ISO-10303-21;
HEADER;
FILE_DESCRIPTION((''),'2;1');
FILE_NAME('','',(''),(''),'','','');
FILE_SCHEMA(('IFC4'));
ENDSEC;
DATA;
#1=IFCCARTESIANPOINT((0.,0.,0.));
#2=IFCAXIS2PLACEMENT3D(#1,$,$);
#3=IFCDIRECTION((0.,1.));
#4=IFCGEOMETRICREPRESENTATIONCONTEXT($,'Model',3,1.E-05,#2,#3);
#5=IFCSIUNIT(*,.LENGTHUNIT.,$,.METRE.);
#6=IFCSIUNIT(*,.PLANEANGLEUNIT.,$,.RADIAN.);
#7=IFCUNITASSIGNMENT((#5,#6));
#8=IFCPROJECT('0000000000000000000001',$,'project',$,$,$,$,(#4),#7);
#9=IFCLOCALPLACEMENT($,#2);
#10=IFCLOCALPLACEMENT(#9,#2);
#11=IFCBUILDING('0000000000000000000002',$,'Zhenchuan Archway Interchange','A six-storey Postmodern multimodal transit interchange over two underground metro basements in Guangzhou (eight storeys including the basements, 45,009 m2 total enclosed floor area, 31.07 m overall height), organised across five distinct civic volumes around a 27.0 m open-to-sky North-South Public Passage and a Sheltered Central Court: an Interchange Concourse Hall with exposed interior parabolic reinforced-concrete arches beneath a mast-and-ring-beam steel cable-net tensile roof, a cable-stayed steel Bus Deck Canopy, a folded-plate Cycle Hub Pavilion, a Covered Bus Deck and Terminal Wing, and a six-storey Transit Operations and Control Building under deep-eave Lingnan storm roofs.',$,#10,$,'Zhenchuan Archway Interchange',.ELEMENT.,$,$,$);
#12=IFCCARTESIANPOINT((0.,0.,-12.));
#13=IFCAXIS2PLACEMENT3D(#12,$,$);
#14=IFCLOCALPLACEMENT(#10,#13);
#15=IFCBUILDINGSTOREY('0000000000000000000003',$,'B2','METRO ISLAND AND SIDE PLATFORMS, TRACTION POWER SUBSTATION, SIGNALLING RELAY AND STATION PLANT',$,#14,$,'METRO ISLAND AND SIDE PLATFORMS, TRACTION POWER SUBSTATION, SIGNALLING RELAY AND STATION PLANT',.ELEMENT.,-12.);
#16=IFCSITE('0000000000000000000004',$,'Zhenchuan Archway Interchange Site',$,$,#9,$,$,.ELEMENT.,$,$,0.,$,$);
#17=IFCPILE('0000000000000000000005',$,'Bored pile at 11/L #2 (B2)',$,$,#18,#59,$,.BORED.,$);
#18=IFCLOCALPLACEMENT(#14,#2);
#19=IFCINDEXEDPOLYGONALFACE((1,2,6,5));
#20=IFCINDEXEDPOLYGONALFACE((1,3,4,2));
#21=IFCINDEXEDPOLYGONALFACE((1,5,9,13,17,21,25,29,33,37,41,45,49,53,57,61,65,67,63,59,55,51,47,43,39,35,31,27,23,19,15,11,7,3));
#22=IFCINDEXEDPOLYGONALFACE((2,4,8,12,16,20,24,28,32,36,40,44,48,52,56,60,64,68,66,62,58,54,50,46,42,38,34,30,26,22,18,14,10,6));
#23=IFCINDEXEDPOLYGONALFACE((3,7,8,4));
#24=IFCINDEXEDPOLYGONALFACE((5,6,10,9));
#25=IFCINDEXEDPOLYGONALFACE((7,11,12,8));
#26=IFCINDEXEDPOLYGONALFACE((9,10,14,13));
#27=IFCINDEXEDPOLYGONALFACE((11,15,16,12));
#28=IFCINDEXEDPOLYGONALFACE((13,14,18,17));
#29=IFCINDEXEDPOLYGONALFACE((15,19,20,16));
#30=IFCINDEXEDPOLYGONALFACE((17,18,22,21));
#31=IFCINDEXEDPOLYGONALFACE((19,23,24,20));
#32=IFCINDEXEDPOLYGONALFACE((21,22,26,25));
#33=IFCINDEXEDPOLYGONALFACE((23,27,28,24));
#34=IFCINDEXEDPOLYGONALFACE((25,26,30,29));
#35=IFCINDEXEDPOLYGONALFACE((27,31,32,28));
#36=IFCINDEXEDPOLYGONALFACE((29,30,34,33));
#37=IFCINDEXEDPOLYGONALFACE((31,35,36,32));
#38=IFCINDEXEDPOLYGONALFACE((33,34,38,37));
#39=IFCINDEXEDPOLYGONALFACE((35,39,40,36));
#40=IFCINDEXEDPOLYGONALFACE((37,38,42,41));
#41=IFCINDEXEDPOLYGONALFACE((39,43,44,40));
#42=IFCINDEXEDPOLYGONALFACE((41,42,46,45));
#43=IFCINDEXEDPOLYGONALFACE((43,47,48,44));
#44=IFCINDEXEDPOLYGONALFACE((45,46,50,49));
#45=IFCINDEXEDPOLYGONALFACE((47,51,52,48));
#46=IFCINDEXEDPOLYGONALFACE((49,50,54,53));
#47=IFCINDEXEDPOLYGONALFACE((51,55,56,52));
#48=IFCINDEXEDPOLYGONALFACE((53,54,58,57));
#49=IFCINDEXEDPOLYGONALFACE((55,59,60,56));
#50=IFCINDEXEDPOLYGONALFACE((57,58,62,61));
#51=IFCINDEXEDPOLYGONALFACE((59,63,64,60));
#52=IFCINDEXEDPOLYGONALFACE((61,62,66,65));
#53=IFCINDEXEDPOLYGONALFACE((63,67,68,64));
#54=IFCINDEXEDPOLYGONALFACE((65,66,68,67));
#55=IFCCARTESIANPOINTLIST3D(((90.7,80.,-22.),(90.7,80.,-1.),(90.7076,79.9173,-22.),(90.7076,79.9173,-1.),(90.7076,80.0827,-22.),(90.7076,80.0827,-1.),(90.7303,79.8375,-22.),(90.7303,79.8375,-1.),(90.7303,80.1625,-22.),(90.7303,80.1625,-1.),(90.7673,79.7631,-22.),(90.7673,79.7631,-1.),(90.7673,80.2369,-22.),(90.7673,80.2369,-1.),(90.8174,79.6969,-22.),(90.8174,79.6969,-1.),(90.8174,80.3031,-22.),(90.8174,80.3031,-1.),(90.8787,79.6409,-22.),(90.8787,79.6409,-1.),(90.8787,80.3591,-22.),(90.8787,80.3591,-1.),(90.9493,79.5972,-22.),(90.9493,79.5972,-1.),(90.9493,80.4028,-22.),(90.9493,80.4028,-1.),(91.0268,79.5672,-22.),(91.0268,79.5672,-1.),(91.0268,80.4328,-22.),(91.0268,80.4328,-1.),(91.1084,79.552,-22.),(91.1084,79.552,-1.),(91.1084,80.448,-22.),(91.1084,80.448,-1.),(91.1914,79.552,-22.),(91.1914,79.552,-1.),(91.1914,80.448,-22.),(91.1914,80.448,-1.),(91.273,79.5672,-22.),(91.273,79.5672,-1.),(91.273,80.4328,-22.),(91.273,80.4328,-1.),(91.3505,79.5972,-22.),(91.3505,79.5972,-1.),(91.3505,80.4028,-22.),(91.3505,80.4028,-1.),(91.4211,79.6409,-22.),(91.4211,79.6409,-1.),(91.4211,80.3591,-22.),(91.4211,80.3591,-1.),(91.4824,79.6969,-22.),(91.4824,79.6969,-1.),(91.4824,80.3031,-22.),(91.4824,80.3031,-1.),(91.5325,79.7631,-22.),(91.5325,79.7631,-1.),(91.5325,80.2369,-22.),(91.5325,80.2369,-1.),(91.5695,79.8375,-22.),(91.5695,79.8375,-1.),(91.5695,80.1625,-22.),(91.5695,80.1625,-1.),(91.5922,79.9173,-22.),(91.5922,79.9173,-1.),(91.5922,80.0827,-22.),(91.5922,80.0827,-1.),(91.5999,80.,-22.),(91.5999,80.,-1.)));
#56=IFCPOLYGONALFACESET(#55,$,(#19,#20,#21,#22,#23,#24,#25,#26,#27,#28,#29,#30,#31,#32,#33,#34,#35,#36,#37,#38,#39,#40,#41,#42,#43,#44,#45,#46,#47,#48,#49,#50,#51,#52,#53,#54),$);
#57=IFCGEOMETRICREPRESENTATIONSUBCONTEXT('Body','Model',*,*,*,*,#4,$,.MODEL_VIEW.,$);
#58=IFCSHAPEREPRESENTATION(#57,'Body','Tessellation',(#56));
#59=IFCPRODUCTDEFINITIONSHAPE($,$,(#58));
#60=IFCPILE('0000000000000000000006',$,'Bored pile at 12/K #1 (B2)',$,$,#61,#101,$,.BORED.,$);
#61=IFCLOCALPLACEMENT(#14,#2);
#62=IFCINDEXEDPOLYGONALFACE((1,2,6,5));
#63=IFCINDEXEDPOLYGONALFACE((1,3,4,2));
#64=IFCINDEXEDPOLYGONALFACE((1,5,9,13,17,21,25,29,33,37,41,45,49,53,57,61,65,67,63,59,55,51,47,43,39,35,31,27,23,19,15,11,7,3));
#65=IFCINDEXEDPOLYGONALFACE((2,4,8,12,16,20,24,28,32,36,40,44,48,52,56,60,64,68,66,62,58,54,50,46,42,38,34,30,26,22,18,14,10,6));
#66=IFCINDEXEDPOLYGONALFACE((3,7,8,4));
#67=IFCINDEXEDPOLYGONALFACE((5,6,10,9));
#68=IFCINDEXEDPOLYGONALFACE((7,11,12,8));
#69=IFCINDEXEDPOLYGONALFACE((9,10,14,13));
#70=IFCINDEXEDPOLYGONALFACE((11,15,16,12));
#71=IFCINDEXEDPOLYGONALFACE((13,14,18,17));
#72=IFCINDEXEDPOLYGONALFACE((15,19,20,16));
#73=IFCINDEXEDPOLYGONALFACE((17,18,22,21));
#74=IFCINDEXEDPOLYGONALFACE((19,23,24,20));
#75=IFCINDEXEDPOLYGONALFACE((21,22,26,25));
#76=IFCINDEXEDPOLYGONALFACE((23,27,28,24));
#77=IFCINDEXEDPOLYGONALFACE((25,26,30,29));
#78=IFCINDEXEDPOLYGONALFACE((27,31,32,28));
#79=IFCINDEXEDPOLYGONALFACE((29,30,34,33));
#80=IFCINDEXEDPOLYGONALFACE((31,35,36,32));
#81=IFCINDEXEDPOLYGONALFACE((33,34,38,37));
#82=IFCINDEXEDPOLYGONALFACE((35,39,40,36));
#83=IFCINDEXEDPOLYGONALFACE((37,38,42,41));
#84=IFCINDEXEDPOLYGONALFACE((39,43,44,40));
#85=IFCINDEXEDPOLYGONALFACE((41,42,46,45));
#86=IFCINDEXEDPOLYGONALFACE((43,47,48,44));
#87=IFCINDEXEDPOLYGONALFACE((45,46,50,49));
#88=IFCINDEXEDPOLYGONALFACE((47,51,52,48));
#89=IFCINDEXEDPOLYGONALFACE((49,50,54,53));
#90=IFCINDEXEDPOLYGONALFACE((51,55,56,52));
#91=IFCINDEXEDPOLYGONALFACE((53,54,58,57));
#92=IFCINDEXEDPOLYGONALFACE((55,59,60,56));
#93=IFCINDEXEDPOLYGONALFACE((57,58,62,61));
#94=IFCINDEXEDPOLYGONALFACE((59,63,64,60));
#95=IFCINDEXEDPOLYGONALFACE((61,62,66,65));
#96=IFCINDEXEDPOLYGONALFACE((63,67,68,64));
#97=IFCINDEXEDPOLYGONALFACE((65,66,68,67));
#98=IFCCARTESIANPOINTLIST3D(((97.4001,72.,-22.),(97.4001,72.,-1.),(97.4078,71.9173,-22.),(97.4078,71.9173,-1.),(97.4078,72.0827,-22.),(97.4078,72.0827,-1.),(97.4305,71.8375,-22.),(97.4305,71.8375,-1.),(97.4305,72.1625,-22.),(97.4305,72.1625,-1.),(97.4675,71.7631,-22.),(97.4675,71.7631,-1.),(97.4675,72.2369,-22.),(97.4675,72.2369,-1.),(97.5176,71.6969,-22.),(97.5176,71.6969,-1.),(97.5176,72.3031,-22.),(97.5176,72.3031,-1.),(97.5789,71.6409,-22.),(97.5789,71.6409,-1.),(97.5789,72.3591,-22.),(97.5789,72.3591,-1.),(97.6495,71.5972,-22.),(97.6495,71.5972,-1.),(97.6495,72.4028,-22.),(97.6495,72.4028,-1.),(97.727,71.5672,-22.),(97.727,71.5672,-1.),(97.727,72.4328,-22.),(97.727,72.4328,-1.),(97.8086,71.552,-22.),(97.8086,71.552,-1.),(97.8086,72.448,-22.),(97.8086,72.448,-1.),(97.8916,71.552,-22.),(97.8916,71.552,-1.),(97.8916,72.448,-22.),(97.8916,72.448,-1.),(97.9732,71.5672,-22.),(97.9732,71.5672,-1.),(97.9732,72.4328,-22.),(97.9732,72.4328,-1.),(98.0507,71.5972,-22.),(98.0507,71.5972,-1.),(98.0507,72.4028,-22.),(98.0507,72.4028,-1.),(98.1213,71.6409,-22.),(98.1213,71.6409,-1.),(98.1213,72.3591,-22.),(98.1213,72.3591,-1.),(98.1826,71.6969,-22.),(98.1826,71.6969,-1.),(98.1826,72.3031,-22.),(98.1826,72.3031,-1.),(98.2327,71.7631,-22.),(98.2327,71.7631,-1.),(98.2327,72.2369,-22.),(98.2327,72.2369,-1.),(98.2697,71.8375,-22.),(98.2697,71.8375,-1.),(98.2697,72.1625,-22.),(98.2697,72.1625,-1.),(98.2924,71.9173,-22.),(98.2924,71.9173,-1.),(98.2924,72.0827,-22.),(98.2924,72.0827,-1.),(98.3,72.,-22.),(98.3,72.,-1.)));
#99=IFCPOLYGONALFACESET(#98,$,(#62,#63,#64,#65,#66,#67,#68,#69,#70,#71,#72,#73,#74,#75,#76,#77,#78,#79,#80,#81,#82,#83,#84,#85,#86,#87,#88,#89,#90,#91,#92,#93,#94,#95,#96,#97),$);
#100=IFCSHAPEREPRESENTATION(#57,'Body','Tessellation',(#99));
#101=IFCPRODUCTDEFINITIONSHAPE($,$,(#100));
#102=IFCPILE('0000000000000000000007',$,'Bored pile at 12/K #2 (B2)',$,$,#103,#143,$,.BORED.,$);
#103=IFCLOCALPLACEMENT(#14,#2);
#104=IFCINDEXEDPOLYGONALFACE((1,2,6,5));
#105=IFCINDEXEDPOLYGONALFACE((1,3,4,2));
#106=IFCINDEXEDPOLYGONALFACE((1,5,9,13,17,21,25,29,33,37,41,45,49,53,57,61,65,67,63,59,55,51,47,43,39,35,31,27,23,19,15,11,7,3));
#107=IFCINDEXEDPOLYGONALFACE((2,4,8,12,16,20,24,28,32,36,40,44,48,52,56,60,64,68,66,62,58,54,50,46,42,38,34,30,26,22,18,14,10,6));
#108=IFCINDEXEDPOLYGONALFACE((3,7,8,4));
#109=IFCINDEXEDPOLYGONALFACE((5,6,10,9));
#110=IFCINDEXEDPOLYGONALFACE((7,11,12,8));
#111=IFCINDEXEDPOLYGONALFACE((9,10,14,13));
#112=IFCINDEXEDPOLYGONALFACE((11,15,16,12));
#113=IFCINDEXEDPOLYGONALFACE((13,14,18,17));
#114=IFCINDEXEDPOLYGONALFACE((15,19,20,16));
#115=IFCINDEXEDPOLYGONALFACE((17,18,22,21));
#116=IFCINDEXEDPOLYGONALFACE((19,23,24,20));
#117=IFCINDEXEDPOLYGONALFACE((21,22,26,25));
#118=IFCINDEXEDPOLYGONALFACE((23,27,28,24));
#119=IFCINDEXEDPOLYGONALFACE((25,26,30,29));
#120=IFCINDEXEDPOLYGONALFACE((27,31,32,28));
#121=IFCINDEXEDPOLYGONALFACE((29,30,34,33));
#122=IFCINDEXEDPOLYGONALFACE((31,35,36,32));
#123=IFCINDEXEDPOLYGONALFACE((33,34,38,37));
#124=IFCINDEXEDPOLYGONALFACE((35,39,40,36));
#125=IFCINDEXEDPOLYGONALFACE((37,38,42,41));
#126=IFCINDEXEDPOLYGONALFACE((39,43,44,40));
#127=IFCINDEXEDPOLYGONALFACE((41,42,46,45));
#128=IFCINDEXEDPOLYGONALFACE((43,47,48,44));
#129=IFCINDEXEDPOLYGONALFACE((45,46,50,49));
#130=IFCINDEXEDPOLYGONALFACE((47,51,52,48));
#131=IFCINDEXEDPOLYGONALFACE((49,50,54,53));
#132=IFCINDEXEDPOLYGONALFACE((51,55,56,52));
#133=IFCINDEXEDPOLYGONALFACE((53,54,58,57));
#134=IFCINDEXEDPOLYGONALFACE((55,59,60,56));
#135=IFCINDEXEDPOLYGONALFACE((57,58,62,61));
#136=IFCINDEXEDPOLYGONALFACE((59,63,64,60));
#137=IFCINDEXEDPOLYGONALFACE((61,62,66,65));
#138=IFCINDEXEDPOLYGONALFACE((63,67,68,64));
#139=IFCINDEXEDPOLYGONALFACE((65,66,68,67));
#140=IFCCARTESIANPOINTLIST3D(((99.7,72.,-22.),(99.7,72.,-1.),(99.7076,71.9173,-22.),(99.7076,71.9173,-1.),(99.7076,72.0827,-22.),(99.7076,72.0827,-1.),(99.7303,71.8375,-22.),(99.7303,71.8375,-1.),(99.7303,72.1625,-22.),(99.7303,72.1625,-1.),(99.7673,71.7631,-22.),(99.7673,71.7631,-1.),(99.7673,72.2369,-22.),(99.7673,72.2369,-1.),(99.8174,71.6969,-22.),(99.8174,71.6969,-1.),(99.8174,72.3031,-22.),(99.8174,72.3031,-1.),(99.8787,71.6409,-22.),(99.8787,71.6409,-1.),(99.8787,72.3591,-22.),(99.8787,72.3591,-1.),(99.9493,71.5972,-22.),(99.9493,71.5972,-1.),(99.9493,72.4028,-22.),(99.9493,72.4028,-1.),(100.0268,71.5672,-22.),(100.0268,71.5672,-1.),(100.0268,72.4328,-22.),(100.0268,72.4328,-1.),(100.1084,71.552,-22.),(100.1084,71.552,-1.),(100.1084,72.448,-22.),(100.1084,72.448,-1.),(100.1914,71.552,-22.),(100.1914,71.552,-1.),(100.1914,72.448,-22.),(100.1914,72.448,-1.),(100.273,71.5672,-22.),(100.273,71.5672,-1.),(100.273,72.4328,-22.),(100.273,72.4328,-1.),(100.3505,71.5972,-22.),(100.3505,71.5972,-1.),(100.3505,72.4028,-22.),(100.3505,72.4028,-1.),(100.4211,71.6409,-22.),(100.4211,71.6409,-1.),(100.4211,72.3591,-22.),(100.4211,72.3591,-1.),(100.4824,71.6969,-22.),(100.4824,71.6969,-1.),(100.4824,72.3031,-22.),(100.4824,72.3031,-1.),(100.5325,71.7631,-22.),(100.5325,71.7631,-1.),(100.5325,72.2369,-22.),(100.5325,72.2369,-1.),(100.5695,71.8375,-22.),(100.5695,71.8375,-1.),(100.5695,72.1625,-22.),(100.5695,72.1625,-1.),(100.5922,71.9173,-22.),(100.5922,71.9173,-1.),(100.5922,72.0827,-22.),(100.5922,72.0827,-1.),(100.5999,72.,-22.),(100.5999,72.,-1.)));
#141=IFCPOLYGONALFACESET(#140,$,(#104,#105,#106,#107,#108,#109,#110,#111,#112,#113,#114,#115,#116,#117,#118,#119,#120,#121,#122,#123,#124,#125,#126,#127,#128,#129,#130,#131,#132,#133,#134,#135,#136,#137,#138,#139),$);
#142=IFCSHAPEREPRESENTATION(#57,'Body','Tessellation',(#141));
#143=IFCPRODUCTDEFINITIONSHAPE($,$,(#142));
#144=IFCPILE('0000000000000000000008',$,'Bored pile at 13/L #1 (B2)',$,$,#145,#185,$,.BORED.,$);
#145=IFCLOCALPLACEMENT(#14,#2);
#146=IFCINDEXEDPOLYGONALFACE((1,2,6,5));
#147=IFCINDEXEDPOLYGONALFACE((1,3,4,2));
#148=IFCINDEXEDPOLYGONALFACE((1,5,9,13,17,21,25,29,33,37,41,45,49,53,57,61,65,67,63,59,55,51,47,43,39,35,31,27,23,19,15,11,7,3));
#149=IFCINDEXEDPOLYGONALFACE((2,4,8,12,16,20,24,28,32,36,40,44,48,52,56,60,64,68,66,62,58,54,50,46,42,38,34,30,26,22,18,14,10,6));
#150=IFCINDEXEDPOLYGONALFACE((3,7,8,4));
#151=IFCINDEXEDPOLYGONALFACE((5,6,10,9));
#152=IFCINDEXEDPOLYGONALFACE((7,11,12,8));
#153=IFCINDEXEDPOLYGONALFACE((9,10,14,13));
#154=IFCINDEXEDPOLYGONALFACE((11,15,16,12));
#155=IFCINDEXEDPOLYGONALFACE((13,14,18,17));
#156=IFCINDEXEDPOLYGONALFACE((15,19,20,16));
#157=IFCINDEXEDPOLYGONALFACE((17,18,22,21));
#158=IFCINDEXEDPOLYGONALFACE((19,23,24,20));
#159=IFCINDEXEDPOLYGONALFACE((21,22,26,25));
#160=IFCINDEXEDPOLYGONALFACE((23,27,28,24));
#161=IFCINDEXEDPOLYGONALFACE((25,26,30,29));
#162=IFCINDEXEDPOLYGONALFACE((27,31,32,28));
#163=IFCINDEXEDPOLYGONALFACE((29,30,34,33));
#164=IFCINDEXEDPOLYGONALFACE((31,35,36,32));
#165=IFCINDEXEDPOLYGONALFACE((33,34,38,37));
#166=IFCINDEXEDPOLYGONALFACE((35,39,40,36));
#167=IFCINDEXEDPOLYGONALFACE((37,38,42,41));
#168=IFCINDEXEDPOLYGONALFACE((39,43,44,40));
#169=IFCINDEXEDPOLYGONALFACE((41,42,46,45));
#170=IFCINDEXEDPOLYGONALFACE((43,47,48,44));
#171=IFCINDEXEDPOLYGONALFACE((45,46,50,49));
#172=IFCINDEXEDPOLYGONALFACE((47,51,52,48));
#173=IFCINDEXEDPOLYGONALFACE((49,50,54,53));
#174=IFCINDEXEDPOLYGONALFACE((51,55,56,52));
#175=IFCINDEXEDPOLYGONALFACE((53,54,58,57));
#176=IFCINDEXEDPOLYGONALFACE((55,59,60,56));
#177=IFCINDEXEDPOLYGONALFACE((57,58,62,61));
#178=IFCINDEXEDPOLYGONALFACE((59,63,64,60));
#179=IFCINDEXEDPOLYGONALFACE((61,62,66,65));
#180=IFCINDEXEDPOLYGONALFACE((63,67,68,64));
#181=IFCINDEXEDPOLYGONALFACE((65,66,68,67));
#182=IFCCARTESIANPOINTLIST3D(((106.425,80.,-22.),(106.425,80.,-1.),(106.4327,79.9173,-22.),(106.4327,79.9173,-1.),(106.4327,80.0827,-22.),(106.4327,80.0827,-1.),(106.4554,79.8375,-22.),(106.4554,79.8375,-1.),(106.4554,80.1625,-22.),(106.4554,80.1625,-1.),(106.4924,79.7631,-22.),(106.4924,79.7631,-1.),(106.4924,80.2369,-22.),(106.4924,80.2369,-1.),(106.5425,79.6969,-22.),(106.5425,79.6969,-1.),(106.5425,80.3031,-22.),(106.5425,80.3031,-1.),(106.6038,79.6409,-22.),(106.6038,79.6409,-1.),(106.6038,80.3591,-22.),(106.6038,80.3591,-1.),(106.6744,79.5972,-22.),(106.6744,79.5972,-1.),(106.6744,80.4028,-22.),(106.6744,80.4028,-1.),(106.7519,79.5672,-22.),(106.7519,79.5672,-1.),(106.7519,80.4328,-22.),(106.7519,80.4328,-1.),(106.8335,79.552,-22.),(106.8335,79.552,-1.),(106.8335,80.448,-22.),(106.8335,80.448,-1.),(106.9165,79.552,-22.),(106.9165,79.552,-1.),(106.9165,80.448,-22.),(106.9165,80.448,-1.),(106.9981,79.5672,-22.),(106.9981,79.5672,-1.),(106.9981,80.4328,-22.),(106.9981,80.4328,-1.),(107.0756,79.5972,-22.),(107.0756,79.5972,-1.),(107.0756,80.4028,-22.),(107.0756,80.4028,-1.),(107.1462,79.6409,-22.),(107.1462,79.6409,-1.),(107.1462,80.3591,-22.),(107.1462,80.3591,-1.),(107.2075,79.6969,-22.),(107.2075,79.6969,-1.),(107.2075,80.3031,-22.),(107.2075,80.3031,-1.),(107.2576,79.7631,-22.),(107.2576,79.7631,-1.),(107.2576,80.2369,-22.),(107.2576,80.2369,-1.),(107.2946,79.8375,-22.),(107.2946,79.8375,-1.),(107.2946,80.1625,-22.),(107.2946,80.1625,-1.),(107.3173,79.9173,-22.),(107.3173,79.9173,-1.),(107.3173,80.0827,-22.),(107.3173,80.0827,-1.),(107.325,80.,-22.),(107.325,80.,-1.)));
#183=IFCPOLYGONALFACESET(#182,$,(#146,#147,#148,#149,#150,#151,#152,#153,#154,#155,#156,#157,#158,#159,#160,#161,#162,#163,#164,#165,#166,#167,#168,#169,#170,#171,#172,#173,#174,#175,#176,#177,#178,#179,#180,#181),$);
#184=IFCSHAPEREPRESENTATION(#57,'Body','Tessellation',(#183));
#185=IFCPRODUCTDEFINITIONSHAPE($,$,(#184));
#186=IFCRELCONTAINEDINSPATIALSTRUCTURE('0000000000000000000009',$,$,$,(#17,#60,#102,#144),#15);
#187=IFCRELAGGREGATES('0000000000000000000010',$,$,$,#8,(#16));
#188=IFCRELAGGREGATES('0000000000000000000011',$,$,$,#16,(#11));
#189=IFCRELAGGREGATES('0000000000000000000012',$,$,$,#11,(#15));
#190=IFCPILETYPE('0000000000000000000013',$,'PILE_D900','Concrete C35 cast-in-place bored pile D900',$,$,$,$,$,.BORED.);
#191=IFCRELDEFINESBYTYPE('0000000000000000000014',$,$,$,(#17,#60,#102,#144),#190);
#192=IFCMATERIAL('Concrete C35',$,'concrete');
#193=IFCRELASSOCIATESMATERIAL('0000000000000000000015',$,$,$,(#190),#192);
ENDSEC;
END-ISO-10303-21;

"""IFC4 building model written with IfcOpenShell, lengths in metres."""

from ifc_helpers import new_model, si_unit, direction, frame, origin, origin_2d, place, context, subcontext, project, spatial, circle, extrude, material, material_profile, profile_set, type_object, element, save


model = new_model("IFC4")

# Units and contexts
model_context = context("Model", 3, precision=1e-05, world=origin(), true_north=direction((0.0, 1.0)))
body_context = subcontext(model_context, "Body", "Model", "MODEL_VIEW")
ifc_project = project(units=[si_unit("LENGTHUNIT", "METRE"), si_unit("PLANEANGLEUNIT", "RADIAN")], contexts=[model_context])

# Site, building, storey
site_placement = place(None, origin())
site = spatial("IfcSite", under=ifc_project, at=site_placement, Name="Zhenchuan Archway Interchange Site", CompositionType="ELEMENT", RefElevation=0.0)
building_placement = place(site_placement, origin())
building = spatial("IfcBuilding", under=site, at=building_placement, Name="Zhenchuan Archway Interchange", Description="A six-storey Postmodern multimodal transit interchange over two underground metro basements in Guangzhou (eight storeys including the basements, 45,009 m2 total enclosed floor area, 31.07 m overall height), organised across five distinct civic volumes around a 27.0 m open-to-sky North-South Public Passage and a Sheltered Central Court: an Interchange Concourse Hall with exposed interior parabolic reinforced-concrete arches beneath a mast-and-ring-beam steel cable-net tensile roof, a cable-stayed steel Bus Deck Canopy, a folded-plate Cycle Hub Pavilion, a Covered Bus Deck and Terminal Wing, and a six-storey Transit Operations and Control Building under deep-eave Lingnan storm roofs.", LongName="Zhenchuan Archway Interchange", CompositionType="ELEMENT")
storey_placement = place(building_placement, frame((0.0, 0.0, -12.0)))
storey = spatial("IfcBuildingStorey", under=building, at=storey_placement, Name="B2", Description="METRO ISLAND AND SIDE PLATFORMS, TRACTION POWER SUBSTATION, SIGNALLING RELAY AND STATION PLANT", LongName="METRO ISLAND AND SIDE PLATFORMS, TRACTION POWER SUBSTATION, SIGNALLING RELAY AND STATION PLANT", CompositionType="ELEMENT", Elevation=-12.0)

# Piles
ifc_material_1 = material(Name="Concrete C35", Category="concrete")
ifc_material_profile_1 = material_profile(ifc_material_1, circle(Radius=0.45, at=origin_2d()), Name="BORED PILE 900")
ifc_profile_set_1 = profile_set([ifc_material_profile_1], Name="Concrete C35")
pile_type_1 = type_object("IfcPileType", Name="PILE_D900", Description="Concrete C35 cast-in-place bored pile D900", PredefinedType="BORED", material=ifc_profile_set_1)
for number, where, z_axis, x_axis, name in (
    (1, (91.1499, 80.0, -1.0), (0.0, 0.0, -1.0), (1.0, 0.0, 0.0), "Bored pile at 11/L #2 (B2)"),
    (2, (97.8501, 72.0, -1.0), (0.0, 0.0, -1.0), (1.0, 0.0, 0.0), "Bored pile at 12/K #1 (B2)"),
    (3, (100.1499, 72.0, -1.0), (0.0, 0.0, -1.0), (1.0, 0.0, 0.0), "Bored pile at 12/K #2 (B2)"),
    (4, (106.875, 80.0, -1.0), (0.0, 0.0, -1.0), (1.0, 0.0, 0.0), "Bored pile at 13/L #1 (B2)"),
):
    element("IfcPile", number, at=place(storey_placement, frame(where, z_axis=z_axis, x_axis=x_axis)), inside=storey, type_object=pile_type_1, Name=name, PredefinedType="BORED", context=body_context, shape_type="SweptSolid", body=[
        extrude(circle(Radius=0.45, at=origin_2d()), origin(), (0.0, 0.0, 1.0), 21.0),
    ])

save(model, "model.ifc")
